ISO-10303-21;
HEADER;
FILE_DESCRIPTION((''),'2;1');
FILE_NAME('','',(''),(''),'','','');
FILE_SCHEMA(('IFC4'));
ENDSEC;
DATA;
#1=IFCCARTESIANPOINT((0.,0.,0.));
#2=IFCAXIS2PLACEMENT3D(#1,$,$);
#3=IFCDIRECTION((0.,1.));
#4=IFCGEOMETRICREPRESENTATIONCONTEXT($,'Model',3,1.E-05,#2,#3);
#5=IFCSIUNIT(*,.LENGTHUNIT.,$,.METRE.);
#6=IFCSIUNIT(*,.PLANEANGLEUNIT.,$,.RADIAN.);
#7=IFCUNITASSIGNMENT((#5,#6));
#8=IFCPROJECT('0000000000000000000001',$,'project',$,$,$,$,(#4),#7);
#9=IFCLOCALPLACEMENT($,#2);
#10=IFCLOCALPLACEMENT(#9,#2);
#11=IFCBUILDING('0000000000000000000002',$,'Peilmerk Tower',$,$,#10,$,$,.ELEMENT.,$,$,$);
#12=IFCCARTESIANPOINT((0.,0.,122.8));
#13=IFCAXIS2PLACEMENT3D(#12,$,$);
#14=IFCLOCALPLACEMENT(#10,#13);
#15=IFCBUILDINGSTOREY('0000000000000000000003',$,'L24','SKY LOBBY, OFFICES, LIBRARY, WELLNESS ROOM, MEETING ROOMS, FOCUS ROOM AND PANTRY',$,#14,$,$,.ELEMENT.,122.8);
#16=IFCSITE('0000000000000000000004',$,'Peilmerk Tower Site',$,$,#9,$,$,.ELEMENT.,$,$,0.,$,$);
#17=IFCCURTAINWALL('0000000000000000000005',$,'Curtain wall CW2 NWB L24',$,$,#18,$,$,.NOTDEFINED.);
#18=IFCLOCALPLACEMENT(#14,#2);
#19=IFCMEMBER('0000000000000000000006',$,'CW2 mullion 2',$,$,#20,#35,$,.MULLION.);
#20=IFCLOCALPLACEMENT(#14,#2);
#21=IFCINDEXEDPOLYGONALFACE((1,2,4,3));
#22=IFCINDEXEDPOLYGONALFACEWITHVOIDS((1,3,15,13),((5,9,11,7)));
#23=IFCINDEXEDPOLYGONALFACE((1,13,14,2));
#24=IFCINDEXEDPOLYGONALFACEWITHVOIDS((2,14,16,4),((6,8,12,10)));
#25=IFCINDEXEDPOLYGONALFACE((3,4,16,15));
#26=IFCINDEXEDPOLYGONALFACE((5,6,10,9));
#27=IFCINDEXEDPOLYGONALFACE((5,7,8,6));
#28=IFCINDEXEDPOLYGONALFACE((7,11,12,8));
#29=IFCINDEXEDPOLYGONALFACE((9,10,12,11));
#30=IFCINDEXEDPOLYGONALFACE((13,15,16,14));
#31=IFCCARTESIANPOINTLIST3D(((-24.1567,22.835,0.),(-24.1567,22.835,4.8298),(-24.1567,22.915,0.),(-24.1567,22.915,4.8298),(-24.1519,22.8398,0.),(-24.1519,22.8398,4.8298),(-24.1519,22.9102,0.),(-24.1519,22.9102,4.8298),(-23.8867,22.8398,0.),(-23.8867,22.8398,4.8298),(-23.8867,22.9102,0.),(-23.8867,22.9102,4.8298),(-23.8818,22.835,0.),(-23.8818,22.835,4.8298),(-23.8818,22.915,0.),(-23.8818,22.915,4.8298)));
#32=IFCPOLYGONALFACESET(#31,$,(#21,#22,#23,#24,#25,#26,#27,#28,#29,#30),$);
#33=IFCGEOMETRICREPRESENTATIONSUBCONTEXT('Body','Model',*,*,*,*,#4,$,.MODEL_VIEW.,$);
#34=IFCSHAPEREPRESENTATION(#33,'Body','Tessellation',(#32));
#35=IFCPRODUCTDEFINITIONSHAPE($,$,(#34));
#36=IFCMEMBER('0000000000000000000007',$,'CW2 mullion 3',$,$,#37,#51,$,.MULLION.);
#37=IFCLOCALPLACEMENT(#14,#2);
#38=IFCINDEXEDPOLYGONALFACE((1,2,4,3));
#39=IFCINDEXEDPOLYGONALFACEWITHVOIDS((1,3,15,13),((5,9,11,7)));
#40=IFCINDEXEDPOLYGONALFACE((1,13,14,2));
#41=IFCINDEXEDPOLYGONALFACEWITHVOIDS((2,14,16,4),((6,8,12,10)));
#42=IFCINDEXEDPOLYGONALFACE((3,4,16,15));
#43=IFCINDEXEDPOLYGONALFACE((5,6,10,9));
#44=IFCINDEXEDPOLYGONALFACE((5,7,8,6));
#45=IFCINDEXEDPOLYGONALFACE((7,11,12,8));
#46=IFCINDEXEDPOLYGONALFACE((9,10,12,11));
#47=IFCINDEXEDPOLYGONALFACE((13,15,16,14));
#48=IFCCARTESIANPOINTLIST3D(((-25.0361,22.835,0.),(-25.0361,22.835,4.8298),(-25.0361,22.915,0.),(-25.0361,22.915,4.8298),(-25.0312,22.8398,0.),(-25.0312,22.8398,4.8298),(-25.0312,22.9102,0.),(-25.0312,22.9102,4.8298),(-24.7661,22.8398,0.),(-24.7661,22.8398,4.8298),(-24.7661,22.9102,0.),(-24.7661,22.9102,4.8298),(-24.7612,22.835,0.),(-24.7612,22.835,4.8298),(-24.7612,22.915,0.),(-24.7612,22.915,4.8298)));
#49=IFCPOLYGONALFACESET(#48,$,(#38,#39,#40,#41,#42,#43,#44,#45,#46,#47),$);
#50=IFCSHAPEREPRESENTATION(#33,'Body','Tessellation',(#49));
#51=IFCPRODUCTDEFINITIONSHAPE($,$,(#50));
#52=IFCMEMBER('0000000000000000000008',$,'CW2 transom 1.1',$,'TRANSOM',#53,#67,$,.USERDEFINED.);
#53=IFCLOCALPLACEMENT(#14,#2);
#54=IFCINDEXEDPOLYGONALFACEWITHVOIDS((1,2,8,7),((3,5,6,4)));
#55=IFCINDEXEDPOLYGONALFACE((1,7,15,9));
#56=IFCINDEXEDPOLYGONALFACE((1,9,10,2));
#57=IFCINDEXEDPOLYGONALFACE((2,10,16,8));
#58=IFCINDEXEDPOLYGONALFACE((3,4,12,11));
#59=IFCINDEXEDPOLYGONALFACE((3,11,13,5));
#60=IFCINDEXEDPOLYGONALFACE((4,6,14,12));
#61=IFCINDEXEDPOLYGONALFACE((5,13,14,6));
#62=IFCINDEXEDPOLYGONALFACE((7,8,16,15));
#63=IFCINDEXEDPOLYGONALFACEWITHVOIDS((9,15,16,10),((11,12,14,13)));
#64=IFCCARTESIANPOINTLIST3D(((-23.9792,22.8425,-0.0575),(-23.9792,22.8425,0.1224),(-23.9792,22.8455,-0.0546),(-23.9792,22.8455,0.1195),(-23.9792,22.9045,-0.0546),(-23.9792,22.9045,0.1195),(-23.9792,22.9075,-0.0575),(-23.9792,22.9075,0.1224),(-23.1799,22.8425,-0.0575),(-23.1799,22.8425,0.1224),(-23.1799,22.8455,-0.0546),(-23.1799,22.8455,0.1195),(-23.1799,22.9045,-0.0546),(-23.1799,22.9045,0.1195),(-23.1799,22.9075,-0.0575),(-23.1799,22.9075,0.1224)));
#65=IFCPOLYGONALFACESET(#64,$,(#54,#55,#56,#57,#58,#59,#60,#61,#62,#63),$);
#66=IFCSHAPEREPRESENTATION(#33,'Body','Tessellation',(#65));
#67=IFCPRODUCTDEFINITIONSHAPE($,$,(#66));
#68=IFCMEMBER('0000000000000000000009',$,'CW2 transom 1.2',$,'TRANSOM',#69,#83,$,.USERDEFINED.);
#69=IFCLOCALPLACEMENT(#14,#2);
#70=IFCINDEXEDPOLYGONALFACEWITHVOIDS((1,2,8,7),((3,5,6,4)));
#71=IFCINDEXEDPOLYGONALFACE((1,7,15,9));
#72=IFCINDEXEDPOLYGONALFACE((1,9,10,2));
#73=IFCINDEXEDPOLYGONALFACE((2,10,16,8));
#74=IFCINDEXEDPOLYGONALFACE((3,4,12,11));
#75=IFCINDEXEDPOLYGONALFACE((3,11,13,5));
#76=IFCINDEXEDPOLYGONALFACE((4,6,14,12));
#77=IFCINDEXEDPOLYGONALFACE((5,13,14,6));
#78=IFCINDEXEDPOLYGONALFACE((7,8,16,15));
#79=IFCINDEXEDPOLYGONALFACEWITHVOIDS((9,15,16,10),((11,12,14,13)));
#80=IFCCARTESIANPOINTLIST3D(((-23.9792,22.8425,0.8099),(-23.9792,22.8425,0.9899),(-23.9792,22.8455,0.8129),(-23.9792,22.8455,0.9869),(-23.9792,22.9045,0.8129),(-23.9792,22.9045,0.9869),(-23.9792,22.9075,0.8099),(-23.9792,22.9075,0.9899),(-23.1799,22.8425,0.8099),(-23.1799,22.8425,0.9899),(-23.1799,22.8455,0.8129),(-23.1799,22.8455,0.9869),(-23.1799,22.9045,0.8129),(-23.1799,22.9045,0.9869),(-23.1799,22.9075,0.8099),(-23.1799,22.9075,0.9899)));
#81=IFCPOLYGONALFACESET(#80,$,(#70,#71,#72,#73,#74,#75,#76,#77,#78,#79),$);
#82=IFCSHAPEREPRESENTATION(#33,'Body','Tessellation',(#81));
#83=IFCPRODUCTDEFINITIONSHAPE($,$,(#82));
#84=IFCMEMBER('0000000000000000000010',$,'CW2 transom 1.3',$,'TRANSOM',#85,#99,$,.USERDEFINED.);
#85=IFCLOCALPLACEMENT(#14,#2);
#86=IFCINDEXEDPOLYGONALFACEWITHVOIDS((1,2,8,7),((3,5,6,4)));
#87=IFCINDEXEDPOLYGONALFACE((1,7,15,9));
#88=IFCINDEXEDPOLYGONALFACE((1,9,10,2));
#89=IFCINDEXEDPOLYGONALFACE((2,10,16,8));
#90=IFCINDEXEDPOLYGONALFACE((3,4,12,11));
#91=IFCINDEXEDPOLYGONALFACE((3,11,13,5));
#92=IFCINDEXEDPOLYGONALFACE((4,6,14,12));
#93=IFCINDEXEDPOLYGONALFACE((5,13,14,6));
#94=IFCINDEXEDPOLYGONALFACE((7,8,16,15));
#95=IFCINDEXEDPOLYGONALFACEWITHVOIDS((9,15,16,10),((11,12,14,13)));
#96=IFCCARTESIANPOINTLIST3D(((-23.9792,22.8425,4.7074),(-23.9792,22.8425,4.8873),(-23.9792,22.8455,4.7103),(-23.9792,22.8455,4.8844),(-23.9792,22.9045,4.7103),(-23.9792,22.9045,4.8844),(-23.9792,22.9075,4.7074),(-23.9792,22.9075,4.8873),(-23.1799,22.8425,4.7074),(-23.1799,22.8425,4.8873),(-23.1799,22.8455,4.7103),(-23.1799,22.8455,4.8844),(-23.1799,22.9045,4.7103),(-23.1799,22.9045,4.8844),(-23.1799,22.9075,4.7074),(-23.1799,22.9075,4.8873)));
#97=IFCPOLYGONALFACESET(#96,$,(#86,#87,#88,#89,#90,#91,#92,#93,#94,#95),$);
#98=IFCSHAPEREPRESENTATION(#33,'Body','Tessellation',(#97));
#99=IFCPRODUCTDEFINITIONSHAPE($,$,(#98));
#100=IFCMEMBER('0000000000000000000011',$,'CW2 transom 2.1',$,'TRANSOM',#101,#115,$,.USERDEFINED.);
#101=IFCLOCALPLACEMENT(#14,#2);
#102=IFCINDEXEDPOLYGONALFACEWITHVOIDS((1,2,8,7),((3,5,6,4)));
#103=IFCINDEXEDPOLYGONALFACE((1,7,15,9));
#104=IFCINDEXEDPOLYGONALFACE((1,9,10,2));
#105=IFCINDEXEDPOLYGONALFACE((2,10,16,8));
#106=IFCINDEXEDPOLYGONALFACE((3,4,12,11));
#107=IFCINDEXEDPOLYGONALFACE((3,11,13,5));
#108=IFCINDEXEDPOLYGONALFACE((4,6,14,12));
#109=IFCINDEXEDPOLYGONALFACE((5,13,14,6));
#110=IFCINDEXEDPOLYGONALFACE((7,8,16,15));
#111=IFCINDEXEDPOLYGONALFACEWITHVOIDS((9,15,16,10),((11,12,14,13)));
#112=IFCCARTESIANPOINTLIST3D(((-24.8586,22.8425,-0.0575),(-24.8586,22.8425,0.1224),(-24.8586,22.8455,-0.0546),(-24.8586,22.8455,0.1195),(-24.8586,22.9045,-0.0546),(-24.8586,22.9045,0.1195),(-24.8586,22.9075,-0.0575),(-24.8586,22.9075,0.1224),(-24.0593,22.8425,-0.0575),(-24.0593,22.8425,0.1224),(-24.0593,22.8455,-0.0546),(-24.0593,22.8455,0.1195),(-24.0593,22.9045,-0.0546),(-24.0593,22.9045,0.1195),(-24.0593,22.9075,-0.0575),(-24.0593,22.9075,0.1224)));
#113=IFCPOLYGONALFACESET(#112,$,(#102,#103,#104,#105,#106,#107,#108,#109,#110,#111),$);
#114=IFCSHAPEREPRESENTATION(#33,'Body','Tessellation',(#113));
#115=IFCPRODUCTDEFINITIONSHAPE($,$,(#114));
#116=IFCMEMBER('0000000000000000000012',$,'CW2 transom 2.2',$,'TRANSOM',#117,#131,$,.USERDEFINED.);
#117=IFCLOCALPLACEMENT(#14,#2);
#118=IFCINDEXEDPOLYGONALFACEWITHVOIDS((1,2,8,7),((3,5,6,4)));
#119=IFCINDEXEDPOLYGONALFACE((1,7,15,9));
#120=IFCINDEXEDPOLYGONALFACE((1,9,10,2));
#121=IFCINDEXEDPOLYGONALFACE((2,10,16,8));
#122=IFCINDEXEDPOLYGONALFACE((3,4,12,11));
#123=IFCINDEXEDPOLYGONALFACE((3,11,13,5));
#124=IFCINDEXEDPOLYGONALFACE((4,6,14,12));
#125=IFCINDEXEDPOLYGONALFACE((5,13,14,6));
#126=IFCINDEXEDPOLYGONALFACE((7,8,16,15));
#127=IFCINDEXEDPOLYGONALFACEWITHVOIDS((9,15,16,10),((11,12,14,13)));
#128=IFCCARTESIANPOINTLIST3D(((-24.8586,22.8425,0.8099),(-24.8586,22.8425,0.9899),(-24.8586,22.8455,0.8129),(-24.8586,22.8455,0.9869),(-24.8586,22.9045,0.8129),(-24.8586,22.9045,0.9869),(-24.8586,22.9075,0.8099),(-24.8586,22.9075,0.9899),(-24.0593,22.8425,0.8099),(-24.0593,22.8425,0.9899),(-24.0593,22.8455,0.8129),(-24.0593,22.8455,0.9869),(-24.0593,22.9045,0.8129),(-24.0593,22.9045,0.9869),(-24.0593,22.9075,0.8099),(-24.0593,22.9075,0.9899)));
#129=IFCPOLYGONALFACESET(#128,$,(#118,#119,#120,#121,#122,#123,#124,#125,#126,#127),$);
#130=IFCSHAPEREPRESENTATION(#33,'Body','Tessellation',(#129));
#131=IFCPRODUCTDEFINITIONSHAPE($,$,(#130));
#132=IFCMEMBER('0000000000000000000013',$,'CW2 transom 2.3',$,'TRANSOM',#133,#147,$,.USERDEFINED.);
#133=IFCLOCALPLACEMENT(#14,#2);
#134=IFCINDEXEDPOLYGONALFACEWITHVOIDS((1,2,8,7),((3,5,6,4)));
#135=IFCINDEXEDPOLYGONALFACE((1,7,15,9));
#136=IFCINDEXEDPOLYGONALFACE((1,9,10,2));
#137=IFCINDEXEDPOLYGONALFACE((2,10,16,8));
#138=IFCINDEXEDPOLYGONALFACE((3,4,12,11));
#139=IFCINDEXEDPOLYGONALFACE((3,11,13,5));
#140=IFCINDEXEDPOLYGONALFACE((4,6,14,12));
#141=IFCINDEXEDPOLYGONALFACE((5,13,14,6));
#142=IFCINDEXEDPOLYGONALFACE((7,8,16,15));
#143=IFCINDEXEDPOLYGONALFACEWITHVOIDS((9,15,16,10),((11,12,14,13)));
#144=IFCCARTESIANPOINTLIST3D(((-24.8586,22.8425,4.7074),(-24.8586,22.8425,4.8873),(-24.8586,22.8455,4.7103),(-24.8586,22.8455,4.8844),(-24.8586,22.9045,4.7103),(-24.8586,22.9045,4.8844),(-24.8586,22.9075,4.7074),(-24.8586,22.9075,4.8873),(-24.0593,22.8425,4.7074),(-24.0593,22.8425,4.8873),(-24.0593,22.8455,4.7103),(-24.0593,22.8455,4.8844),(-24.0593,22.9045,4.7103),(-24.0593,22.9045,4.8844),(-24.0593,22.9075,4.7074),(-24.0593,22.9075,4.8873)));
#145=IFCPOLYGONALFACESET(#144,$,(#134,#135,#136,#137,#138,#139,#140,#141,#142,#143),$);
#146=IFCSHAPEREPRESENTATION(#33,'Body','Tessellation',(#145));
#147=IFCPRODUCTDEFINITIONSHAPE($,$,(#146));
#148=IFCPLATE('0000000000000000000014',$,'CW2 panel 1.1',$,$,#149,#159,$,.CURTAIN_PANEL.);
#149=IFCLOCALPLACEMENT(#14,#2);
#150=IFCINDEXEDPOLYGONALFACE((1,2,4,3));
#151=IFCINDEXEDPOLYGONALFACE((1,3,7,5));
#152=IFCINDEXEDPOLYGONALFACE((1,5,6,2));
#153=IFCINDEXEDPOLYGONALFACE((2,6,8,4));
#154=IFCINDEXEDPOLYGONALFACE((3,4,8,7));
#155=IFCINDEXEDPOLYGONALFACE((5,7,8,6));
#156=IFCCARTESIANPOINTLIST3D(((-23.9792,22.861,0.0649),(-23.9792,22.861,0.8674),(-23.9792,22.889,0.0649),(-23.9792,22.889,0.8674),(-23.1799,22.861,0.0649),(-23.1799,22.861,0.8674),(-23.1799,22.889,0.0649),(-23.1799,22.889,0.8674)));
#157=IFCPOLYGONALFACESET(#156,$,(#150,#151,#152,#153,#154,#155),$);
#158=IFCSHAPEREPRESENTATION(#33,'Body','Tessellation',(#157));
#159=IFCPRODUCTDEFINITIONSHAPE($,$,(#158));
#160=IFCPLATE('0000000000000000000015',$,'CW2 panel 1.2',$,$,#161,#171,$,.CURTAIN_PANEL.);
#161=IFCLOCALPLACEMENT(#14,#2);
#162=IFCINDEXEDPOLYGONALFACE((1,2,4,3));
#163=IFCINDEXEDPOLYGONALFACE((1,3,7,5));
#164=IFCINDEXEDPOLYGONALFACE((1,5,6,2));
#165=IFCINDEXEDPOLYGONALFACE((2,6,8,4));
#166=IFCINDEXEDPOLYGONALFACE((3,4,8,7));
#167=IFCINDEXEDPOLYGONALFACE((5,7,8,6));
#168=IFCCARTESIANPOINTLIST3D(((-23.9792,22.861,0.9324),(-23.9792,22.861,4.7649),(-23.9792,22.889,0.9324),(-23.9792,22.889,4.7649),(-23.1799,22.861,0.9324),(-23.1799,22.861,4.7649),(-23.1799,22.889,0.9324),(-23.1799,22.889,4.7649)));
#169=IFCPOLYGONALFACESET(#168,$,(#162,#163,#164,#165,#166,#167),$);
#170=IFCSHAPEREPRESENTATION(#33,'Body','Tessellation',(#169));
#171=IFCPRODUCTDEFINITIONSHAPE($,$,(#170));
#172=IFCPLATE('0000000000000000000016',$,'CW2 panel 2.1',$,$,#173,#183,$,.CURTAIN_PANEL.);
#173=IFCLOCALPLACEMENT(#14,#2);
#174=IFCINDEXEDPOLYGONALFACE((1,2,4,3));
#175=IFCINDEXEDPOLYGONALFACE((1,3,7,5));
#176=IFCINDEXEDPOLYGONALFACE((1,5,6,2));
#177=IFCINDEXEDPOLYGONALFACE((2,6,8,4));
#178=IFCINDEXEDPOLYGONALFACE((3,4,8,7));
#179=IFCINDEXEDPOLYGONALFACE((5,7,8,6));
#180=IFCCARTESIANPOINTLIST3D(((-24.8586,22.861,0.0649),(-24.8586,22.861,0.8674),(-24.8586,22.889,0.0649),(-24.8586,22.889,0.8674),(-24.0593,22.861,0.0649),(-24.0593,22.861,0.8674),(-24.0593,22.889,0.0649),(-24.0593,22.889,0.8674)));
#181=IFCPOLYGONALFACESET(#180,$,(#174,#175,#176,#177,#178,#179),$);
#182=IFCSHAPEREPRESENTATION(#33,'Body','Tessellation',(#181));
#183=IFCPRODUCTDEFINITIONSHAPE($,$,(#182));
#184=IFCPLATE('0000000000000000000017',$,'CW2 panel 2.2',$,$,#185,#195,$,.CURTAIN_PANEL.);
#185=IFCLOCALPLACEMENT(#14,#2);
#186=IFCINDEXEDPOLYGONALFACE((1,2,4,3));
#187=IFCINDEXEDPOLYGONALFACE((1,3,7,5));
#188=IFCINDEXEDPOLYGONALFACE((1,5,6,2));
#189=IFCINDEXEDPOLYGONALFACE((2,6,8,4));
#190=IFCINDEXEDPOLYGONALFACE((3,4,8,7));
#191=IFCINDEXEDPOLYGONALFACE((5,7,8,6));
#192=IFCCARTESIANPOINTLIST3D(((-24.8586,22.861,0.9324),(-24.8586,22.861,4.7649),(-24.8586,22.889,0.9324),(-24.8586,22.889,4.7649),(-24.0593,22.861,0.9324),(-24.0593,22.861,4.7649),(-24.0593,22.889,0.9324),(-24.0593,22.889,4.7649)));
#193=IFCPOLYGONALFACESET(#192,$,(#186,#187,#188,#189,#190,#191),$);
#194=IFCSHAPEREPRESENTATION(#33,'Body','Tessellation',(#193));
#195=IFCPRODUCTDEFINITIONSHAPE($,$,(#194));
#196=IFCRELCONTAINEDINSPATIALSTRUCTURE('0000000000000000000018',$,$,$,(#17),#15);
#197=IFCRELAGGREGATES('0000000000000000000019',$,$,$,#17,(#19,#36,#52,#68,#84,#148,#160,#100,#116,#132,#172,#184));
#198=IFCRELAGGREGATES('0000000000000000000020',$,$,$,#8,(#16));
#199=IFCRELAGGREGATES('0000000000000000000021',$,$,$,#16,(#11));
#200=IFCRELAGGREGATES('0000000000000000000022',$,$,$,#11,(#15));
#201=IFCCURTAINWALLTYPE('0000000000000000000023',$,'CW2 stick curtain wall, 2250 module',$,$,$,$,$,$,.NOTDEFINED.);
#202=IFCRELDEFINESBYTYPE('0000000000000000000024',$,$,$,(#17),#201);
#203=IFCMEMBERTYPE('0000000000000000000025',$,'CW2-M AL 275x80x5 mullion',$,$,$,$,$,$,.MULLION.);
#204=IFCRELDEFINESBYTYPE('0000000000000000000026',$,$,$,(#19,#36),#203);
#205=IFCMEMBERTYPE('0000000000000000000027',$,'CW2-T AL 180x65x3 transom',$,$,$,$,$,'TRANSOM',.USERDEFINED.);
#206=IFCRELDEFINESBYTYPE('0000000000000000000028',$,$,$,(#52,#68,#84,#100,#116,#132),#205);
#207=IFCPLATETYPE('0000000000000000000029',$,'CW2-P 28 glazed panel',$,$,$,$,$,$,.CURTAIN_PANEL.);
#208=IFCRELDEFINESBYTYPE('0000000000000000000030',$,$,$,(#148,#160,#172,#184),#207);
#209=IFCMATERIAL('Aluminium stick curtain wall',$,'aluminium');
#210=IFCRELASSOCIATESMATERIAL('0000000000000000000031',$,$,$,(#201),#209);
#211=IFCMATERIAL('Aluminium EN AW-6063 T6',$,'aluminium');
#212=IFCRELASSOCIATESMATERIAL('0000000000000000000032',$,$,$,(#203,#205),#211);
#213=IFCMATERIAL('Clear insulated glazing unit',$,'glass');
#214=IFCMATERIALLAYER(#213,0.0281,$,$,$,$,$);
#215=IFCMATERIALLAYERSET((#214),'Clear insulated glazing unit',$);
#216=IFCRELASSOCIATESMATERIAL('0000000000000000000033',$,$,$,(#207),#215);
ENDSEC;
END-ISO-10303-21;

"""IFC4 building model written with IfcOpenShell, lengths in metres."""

from ifc_helpers import new_model, si_unit, direction, frame, origin, origin_2d, place, context, subcontext, project, spatial, rectangle, hollow_rectangle, extrude, material, layer, layer_set, material_profile, profile_set, type_object, element, aggregate, save


model = new_model("IFC4")

# Units and contexts
model_context = context("Model", 3, precision=1e-05, world=origin(), true_north=direction((0.0, 1.0)))
body_context = subcontext(model_context, "Body", "Model", "MODEL_VIEW")
ifc_project = project(units=[si_unit("LENGTHUNIT", "METRE"), si_unit("PLANEANGLEUNIT", "RADIAN")], contexts=[model_context])

# Site, building, storey
site_placement = place(None, origin())
site = spatial("IfcSite", under=ifc_project, at=site_placement, Name="Peilmerk Tower Site", CompositionType="ELEMENT", RefElevation=0.0)
building_placement = place(site_placement, origin())
building = spatial("IfcBuilding", under=site, at=building_placement, Name="Peilmerk Tower", CompositionType="ELEMENT")
storey_placement = place(building_placement, frame((0.0, 0.0, 122.8)))
storey = spatial("IfcBuildingStorey", under=building, at=storey_placement, Name="L24", Description="SKY LOBBY, OFFICES, LIBRARY, WELLNESS ROOM, MEETING ROOMS, FOCUS ROOM AND PANTRY", CompositionType="ELEMENT", Elevation=122.8)

# Curtain wall, members, plates
ifc_material_1 = material(Name="Aluminium stick curtain wall", Category="aluminium")
curtain_wall_type = type_object("IfcCurtainWallType", Name="CW2 stick curtain wall, 2250 module", PredefinedType="NOTDEFINED", material=ifc_material_1)
curtain_wall_placement = place(storey_placement, origin())
curtain_wall = element("IfcCurtainWall", 1, at=curtain_wall_placement, inside=storey, type_object=curtain_wall_type, Name="Curtain wall CW2 NWB L24", PredefinedType="NOTDEFINED")
ifc_material_2 = material(Name="Aluminium EN AW-6063 T6", Category="aluminium")
ifc_material_profile_1 = material_profile(ifc_material_2, hollow_rectangle(XDim=0.0801, YDim=0.2749, WallThickness=0.0049, at=origin_2d()), Name="AL 275x80x5")
ifc_profile_set_1 = profile_set([ifc_material_profile_1], Name="Aluminium EN AW-6063 T6")
member_type_1 = type_object("IfcMemberType", Name="CW2-M AL 275x80x5 mullion", PredefinedType="MULLION", material=ifc_profile_set_1)
member_1_placement = place(storey_placement, frame((-24.0193, 22.875, 0.0), z_axis=(0.0, 0.0, 1.0), x_axis=(0.0, -1.0, 0.0)))
member_1 = element("IfcMember", 2, at=member_1_placement, type_object=member_type_1, Name="CW2 mullion 2", PredefinedType="MULLION", context=body_context, shape_type="SweptSolid", body=[
    extrude(hollow_rectangle(XDim=0.0801, YDim=0.2749, WallThickness=0.0049, at=origin_2d()), origin(), (0.0, 0.0, 1.0), 4.8298),
])
member_2_placement = place(storey_placement, frame((-24.8987, 22.875, 0.0), z_axis=(0.0, 0.0, 1.0), x_axis=(0.0, -1.0, 0.0)))
member_2 = element("IfcMember", 3, at=member_2_placement, type_object=member_type_1, Name="CW2 mullion 3", PredefinedType="MULLION", context=body_context, shape_type="SweptSolid", body=[
    extrude(hollow_rectangle(XDim=0.0801, YDim=0.2749, WallThickness=0.0049, at=origin_2d()), origin(), (0.0, 0.0, 1.0), 4.8298),
])
ifc_material_profile_2 = material_profile(ifc_material_2, hollow_rectangle(XDim=0.0649, YDim=0.1799, WallThickness=0.0029, at=origin_2d()), Name="AL 180x65x3")
ifc_profile_set_2 = profile_set([ifc_material_profile_2], Name="Aluminium EN AW-6063 T6")
member_type_2 = type_object("IfcMemberType", Name="CW2-T AL 180x65x3 transom", ElementType="TRANSOM", PredefinedType="USERDEFINED", material=ifc_profile_set_2)
member_3_placement = place(storey_placement, frame((-23.1799, 22.875, 0.0325), z_axis=(-1.0, 0.0, 0.0), x_axis=(0.0, -1.0, 0.0)))
member_3 = element("IfcMember", 4, at=member_3_placement, type_object=member_type_2, Name="CW2 transom 1.1", ObjectType="TRANSOM", PredefinedType="USERDEFINED", context=body_context, shape_type="SweptSolid", body=[
    extrude(hollow_rectangle(XDim=0.0649, YDim=0.1799, WallThickness=0.0029, at=origin_2d()), origin(), (0.0, 0.0, 1.0), 0.7993),
])
member_4_placement = place(storey_placement, frame((-23.1799, 22.875, 0.8999), z_axis=(-1.0, 0.0, 0.0), x_axis=(0.0, -1.0, 0.0)))
member_4 = element("IfcMember", 5, at=member_4_placement, type_object=member_type_2, Name="CW2 transom 1.2", ObjectType="TRANSOM", PredefinedType="USERDEFINED", context=body_context, shape_type="SweptSolid", body=[
    extrude(hollow_rectangle(XDim=0.0649, YDim=0.1799, WallThickness=0.0029, at=origin_2d()), origin(), (0.0, 0.0, 1.0), 0.7993),
])
member_5_placement = place(storey_placement, frame((-23.1799, 22.875, 4.7974), z_axis=(-1.0, 0.0, 0.0), x_axis=(0.0, -1.0, 0.0)))
member_5 = element("IfcMember", 6, at=member_5_placement, type_object=member_type_2, Name="CW2 transom 1.3", ObjectType="TRANSOM", PredefinedType="USERDEFINED", context=body_context, shape_type="SweptSolid", body=[
    extrude(hollow_rectangle(XDim=0.0649, YDim=0.1799, WallThickness=0.0029, at=origin_2d()), origin(), (0.0, 0.0, 1.0), 0.7993),
])
member_6_placement = place(storey_placement, frame((-24.0593, 22.875, 0.0325), z_axis=(-1.0, 0.0, 0.0), x_axis=(0.0, -1.0, 0.0)))
member_6 = element("IfcMember", 7, at=member_6_placement, type_object=member_type_2, Name="CW2 transom 2.1", ObjectType="TRANSOM", PredefinedType="USERDEFINED", context=body_context, shape_type="SweptSolid", body=[
    extrude(hollow_rectangle(XDim=0.0649, YDim=0.1799, WallThickness=0.0029, at=origin_2d()), origin(), (0.0, 0.0, 1.0), 0.7993),
])
member_7_placement = place(storey_placement, frame((-24.0593, 22.875, 0.8999), z_axis=(-1.0, 0.0, 0.0), x_axis=(0.0, -1.0, 0.0)))
member_7 = element("IfcMember", 8, at=member_7_placement, type_object=member_type_2, Name="CW2 transom 2.2", ObjectType="TRANSOM", PredefinedType="USERDEFINED", context=body_context, shape_type="SweptSolid", body=[
    extrude(hollow_rectangle(XDim=0.0649, YDim=0.1799, WallThickness=0.0029, at=origin_2d()), origin(), (0.0, 0.0, 1.0), 0.7993),
])
member_8_placement = place(storey_placement, frame((-24.0593, 22.875, 4.7974), z_axis=(-1.0, 0.0, 0.0), x_axis=(0.0, -1.0, 0.0)))
member_8 = element("IfcMember", 9, at=member_8_placement, type_object=member_type_2, Name="CW2 transom 2.3", ObjectType="TRANSOM", PredefinedType="USERDEFINED", context=body_context, shape_type="SweptSolid", body=[
    extrude(hollow_rectangle(XDim=0.0649, YDim=0.1799, WallThickness=0.0029, at=origin_2d()), origin(), (0.0, 0.0, 1.0), 0.7993),
])
ifc_material_3 = material(Name="Clear insulated glazing unit", Category="glass")
ifc_layer_1 = layer(ifc_material_3, 0.0281)
ifc_layer_set_1 = layer_set([ifc_layer_1], Name="Clear insulated glazing unit")
plate_type = type_object("IfcPlateType", Name="CW2-P 28 glazed panel", PredefinedType="CURTAIN_PANEL", material=ifc_layer_set_1)
plate_1_placement = place(storey_placement, frame((-23.5796, 22.875, 0.0649), z_axis=(0.0, 0.0, 1.0), x_axis=(-1.0, 0.0, 0.0)))
plate_1 = element("IfcPlate", 10, at=plate_1_placement, type_object=plate_type, Name="CW2 panel 1.1", PredefinedType="CURTAIN_PANEL", context=body_context, shape_type="SweptSolid", body=[
    extrude(rectangle(XDim=0.7993, YDim=0.0281, at=origin_2d()), origin(), (0.0, 0.0, 1.0), 0.8025),
])
plate_2_placement = place(storey_placement, frame((-23.5796, 22.875, 0.9324), z_axis=(0.0, 0.0, 1.0), x_axis=(-1.0, 0.0, 0.0)))
plate_2 = element("IfcPlate", 11, at=plate_2_placement, type_object=plate_type, Name="CW2 panel 1.2", PredefinedType="CURTAIN_PANEL", context=body_context, shape_type="SweptSolid", body=[
    extrude(rectangle(XDim=0.7993, YDim=0.0281, at=origin_2d()), origin(), (0.0, 0.0, 1.0), 3.8325),
])
plate_3_placement = place(storey_placement, frame((-24.459, 22.875, 0.0649), z_axis=(0.0, 0.0, 1.0), x_axis=(-1.0, 0.0, 0.0)))
plate_3 = element("IfcPlate", 12, at=plate_3_placement, type_object=plate_type, Name="CW2 panel 2.1", PredefinedType="CURTAIN_PANEL", context=body_context, shape_type="SweptSolid", body=[
    extrude(rectangle(XDim=0.7993, YDim=0.0281, at=origin_2d()), origin(), (0.0, 0.0, 1.0), 0.8025),
])
plate_4_placement = place(storey_placement, frame((-24.459, 22.875, 0.9324), z_axis=(0.0, 0.0, 1.0), x_axis=(-1.0, 0.0, 0.0)))
plate_4 = element("IfcPlate", 13, at=plate_4_placement, type_object=plate_type, Name="CW2 panel 2.2", PredefinedType="CURTAIN_PANEL", context=body_context, shape_type="SweptSolid", body=[
    extrude(rectangle(XDim=0.7993, YDim=0.0281, at=origin_2d()), origin(), (0.0, 0.0, 1.0), 3.8325),
])
aggregate(curtain_wall, [member_1, member_2, member_3, member_4, member_5, plate_1, plate_2, member_6, member_7, member_8, plate_3, plate_4])

save(model, "model.ifc")
